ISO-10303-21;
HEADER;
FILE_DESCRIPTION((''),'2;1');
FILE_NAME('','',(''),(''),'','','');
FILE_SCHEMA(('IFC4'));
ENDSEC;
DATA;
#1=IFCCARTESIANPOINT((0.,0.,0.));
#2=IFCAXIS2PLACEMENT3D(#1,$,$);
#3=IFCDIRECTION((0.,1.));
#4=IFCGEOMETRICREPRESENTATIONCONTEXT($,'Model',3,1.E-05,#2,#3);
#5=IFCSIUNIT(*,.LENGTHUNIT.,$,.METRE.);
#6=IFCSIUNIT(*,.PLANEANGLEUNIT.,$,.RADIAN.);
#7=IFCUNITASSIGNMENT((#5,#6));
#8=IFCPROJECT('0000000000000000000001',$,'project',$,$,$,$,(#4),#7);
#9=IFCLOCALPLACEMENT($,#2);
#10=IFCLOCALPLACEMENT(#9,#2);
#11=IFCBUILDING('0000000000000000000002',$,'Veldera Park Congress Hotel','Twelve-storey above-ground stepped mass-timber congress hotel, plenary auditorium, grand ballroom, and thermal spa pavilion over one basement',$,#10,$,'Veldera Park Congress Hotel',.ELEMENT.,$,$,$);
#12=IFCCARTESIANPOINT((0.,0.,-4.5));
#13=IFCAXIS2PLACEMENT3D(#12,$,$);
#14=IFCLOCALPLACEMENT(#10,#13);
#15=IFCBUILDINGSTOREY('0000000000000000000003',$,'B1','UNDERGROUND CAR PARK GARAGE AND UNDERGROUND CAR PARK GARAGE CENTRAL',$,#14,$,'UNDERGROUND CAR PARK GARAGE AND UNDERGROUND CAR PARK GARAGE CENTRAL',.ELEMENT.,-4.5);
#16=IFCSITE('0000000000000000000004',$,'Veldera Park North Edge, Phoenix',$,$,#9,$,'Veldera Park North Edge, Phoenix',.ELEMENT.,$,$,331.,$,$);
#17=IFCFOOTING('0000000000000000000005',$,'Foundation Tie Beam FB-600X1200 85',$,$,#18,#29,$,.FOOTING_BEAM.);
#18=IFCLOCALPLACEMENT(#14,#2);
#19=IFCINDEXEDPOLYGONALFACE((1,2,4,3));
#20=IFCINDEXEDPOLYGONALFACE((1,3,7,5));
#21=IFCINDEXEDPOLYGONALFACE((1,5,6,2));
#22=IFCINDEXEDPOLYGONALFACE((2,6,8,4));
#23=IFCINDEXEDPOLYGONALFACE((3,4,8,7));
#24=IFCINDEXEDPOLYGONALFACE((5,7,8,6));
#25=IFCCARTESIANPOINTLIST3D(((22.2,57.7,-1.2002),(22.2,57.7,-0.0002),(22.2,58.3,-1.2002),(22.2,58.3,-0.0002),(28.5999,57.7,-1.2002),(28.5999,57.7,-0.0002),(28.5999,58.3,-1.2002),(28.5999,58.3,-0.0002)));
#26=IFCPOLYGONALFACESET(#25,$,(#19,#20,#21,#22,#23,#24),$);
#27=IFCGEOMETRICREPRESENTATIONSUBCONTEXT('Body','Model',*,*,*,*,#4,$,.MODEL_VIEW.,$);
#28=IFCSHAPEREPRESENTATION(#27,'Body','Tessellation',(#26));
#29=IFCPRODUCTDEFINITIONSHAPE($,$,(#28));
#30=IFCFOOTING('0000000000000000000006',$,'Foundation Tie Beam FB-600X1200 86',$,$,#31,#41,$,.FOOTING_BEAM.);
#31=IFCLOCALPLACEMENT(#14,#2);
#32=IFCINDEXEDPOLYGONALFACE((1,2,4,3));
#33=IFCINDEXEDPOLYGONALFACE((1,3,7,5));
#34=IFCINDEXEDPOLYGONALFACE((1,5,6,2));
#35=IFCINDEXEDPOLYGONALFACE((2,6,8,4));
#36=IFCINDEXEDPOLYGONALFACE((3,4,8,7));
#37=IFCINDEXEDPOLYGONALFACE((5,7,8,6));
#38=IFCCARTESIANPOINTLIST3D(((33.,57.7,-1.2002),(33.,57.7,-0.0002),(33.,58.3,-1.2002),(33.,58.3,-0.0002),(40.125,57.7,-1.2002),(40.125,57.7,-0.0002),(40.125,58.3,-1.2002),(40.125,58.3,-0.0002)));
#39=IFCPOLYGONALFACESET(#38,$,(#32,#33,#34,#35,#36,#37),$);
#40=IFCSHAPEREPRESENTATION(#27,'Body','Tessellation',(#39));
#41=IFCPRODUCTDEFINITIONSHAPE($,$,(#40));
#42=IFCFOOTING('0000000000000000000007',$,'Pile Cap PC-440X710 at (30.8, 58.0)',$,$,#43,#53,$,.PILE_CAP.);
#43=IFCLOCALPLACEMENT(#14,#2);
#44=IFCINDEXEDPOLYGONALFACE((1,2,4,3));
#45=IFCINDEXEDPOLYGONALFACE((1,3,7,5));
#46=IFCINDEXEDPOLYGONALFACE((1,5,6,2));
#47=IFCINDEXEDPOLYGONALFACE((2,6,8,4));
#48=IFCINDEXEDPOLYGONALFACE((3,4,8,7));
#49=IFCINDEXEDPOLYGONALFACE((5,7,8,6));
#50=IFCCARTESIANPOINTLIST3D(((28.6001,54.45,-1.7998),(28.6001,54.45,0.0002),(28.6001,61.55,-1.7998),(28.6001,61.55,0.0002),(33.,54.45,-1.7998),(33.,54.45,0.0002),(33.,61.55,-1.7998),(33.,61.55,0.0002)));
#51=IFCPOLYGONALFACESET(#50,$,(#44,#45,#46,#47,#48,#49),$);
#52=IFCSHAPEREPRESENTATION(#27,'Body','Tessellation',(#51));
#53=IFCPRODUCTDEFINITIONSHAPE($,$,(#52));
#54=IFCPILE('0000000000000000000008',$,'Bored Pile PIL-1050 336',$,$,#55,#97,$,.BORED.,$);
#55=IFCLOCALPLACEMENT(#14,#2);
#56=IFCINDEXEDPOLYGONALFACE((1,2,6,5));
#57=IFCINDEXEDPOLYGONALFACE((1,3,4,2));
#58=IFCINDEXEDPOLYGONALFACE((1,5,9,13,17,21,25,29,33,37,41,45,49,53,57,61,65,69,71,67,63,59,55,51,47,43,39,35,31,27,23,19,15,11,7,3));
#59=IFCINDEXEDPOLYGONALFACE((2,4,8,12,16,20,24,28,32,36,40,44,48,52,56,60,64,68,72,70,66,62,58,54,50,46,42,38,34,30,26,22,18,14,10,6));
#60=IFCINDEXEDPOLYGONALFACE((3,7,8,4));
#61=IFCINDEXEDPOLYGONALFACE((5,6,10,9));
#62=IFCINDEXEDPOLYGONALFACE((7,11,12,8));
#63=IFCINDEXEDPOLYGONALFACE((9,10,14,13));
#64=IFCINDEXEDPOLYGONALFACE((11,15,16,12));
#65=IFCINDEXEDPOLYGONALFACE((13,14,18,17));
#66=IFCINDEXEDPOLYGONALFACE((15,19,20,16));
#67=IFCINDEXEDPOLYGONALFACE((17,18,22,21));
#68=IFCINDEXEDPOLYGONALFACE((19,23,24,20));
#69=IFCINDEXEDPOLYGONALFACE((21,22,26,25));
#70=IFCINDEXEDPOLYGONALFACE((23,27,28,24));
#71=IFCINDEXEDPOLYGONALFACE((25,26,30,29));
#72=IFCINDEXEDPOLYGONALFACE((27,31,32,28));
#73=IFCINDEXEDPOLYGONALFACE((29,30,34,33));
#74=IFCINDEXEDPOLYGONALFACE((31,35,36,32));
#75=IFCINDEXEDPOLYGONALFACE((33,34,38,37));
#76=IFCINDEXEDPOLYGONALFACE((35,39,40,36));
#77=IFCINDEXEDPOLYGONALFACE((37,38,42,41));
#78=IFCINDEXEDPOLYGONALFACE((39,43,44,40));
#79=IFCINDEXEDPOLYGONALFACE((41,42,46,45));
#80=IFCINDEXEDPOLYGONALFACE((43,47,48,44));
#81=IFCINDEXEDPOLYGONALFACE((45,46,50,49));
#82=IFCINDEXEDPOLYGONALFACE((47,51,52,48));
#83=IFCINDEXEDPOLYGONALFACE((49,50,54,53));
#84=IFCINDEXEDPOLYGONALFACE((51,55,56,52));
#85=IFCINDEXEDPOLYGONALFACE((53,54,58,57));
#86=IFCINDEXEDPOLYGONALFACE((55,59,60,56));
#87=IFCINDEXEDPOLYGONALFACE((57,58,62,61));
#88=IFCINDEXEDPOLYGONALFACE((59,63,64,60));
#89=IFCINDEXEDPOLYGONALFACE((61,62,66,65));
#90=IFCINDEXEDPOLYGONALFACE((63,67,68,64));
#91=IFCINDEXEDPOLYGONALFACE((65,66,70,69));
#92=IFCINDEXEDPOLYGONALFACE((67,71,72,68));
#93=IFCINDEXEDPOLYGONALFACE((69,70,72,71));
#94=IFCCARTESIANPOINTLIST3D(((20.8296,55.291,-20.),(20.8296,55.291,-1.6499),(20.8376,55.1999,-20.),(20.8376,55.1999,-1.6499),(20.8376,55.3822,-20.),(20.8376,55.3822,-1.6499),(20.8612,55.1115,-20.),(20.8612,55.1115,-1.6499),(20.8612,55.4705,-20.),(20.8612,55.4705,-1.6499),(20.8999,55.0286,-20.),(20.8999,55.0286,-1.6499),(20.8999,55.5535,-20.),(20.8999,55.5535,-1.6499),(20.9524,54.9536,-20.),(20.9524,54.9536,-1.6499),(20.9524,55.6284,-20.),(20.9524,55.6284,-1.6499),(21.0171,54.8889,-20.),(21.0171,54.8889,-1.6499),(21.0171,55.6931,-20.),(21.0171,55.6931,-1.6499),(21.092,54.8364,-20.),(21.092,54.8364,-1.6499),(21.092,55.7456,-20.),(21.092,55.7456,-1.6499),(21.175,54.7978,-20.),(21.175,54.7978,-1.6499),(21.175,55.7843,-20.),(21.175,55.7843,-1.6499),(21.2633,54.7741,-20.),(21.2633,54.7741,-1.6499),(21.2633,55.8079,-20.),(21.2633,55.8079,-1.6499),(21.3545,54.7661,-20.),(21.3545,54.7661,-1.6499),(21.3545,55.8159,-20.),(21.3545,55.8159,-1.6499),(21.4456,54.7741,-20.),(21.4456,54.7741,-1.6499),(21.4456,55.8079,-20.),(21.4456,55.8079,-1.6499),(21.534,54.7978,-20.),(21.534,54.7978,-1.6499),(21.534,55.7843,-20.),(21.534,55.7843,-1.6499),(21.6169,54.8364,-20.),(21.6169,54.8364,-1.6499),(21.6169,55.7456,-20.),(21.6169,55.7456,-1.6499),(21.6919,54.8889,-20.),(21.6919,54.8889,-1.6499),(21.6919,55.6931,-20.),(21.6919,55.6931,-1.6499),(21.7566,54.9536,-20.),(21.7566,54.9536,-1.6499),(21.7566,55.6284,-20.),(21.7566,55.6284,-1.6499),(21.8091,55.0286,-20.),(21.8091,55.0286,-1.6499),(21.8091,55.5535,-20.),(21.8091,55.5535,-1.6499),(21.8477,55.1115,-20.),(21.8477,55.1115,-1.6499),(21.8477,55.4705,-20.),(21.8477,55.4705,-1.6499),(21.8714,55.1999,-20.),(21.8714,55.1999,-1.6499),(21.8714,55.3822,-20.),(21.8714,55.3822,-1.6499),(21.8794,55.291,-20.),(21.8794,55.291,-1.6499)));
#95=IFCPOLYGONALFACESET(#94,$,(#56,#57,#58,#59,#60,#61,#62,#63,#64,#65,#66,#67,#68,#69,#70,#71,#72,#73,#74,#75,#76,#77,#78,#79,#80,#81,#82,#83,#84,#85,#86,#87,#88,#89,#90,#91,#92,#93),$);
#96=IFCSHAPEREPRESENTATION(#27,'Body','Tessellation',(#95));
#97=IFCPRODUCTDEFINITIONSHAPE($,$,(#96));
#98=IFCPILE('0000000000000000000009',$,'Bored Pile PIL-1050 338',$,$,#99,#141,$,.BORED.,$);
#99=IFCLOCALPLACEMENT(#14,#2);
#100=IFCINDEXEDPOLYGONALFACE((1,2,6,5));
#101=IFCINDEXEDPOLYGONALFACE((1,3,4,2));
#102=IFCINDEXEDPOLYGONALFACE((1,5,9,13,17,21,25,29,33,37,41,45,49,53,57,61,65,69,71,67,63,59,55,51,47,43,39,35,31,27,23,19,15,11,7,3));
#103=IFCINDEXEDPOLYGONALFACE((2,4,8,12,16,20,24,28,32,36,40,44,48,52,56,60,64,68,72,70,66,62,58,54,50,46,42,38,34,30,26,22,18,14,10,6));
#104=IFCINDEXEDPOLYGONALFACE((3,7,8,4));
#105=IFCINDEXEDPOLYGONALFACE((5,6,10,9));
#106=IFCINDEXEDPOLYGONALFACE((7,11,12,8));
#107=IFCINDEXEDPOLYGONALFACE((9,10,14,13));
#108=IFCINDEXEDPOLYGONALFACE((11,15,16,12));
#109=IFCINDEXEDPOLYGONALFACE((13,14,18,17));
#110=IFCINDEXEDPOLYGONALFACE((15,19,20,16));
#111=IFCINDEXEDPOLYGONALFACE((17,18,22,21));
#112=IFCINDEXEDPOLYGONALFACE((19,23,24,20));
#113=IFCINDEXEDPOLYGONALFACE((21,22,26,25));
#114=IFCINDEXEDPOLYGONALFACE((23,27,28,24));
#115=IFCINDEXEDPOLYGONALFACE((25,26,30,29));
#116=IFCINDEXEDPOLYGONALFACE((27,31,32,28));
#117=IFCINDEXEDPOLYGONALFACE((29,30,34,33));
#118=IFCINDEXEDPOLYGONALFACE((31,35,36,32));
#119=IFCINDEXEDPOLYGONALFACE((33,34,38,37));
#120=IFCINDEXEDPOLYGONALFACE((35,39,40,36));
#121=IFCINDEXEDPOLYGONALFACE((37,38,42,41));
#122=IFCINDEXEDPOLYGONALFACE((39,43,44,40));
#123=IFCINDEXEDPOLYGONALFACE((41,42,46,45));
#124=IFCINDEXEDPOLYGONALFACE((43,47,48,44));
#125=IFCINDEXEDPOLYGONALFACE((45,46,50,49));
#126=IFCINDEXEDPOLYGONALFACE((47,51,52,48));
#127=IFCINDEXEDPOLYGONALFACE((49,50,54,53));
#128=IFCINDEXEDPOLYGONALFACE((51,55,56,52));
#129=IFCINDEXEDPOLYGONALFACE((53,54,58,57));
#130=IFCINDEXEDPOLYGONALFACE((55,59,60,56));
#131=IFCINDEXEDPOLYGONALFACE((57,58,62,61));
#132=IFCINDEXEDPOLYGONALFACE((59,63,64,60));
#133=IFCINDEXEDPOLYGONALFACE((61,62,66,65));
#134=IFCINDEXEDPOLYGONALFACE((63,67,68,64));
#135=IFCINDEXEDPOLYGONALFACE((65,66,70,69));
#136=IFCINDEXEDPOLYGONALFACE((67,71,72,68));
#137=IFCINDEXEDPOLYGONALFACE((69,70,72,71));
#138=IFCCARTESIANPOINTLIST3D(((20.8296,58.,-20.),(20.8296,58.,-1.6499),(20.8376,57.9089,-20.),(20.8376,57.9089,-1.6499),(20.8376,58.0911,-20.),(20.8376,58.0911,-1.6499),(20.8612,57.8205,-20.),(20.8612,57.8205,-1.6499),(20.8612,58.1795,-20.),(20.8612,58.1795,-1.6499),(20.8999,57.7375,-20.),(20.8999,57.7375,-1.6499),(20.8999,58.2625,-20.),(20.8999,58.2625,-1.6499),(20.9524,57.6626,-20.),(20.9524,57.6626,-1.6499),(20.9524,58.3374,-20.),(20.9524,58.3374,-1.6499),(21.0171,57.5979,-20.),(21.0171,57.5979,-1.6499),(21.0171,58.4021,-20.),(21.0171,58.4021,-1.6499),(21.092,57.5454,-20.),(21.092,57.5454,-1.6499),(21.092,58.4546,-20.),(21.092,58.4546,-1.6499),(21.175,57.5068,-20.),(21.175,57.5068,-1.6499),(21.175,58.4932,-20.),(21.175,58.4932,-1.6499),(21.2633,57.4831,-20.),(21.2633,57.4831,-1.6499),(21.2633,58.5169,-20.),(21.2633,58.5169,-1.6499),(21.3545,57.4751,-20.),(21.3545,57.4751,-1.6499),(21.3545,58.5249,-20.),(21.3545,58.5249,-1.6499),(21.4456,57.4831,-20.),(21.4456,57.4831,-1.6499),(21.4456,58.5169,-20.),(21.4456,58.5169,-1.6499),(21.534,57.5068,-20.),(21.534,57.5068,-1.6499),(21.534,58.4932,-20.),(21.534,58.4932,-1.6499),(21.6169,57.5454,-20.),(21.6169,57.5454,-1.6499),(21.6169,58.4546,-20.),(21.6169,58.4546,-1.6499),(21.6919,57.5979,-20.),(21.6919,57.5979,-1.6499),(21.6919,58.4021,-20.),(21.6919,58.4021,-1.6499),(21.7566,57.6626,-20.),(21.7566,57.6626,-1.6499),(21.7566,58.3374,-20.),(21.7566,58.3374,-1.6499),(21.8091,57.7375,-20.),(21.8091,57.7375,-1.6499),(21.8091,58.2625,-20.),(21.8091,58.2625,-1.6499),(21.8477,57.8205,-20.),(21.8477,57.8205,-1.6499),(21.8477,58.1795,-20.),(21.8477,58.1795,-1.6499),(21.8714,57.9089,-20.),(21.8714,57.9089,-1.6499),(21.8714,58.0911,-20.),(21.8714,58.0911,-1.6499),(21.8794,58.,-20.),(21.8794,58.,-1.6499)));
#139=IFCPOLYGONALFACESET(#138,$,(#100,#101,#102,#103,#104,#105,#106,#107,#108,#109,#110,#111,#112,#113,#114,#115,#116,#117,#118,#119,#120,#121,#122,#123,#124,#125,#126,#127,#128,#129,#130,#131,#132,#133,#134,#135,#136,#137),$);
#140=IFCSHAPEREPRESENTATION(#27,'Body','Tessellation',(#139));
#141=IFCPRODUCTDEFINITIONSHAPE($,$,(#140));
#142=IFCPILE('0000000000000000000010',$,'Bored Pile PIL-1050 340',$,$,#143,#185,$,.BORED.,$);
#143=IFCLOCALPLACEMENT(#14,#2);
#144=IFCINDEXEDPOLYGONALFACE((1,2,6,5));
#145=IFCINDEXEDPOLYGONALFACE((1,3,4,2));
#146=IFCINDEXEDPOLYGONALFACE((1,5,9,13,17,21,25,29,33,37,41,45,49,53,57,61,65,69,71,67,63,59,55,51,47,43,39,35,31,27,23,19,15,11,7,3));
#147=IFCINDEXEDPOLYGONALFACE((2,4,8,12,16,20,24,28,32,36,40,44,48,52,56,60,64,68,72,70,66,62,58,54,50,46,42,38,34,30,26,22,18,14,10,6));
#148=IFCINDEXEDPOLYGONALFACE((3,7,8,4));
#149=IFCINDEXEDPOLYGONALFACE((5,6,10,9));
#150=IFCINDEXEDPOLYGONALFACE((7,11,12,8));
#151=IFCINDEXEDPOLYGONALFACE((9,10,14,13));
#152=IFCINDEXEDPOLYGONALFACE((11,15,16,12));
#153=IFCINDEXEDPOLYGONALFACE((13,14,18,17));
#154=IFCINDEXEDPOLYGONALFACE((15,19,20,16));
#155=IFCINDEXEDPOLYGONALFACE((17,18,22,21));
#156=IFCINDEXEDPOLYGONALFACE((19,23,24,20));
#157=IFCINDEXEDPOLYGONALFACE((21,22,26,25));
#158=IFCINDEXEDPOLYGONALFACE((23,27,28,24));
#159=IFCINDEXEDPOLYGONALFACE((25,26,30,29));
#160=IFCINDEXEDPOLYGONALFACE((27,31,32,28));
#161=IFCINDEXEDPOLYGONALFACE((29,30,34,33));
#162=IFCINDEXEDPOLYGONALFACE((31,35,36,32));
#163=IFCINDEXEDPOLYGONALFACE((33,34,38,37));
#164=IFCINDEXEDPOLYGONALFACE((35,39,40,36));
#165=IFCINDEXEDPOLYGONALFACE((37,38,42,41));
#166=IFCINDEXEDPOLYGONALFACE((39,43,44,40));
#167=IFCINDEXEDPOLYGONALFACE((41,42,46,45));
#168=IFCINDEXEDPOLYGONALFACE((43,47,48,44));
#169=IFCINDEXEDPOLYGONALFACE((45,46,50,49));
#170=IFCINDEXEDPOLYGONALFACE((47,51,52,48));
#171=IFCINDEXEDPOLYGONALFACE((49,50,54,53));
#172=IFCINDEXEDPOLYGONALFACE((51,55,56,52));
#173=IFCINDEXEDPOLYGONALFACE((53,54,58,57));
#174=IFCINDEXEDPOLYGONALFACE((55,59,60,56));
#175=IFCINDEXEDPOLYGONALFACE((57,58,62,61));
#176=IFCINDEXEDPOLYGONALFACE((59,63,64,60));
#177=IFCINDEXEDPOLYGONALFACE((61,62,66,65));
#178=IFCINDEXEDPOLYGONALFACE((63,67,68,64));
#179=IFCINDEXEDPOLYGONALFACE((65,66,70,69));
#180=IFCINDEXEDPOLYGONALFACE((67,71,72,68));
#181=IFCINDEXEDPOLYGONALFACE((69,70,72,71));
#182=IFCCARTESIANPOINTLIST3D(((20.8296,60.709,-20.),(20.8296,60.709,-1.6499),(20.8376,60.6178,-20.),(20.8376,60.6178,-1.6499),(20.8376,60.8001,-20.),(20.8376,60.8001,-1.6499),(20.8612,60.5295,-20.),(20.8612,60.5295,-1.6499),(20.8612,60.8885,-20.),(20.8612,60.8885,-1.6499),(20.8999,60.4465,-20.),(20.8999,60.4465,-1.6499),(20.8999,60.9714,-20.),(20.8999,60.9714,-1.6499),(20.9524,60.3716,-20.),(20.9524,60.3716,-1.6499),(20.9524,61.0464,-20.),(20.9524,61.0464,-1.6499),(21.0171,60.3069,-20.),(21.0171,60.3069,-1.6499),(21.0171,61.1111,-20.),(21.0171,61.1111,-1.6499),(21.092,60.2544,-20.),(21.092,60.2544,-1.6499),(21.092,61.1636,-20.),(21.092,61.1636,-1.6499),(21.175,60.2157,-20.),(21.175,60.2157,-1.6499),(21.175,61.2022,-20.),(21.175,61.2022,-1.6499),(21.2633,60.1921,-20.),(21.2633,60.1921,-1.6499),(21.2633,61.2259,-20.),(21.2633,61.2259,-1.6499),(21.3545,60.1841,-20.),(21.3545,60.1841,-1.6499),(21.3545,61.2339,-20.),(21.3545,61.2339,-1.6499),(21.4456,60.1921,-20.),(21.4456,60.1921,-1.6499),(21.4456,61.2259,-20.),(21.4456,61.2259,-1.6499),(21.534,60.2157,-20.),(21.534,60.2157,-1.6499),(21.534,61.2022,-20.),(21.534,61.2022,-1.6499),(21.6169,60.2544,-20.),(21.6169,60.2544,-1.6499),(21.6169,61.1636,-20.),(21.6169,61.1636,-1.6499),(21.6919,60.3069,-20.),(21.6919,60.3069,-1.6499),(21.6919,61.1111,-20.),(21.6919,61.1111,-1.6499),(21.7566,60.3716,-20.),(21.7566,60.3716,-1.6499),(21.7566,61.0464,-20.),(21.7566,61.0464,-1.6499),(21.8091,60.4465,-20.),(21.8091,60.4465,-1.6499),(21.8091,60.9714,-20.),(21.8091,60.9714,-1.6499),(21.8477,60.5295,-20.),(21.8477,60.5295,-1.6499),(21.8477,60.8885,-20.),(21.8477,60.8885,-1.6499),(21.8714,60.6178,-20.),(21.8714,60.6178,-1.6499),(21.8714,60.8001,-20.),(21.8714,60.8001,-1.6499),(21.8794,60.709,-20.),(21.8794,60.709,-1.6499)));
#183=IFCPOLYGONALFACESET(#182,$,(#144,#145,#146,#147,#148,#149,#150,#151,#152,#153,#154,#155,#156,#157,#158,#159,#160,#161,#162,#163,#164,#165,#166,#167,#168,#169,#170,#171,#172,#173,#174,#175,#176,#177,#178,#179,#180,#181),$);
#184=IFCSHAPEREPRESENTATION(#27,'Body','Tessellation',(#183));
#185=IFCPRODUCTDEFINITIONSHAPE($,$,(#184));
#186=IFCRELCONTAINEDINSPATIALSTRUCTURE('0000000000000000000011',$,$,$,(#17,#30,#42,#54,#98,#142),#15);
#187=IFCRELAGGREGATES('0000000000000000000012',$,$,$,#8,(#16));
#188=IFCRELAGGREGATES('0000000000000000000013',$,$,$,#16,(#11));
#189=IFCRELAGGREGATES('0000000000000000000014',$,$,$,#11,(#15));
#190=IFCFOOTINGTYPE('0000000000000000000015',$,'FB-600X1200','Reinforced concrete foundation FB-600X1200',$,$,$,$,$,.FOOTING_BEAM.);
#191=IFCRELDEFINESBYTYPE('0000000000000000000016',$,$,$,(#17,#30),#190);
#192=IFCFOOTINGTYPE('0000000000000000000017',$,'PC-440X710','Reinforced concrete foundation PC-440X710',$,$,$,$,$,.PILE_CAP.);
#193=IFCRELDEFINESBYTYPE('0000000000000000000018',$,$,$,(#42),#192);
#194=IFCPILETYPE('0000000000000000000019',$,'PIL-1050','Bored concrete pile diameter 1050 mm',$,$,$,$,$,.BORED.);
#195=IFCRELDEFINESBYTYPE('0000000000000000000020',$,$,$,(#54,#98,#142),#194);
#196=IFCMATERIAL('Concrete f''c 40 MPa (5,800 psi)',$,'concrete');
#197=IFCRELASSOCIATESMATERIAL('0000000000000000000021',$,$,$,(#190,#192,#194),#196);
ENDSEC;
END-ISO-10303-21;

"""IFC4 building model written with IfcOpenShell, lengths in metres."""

from ifc_helpers import new_model, si_unit, direction, frame, origin, origin_2d, place, context, subcontext, project, spatial, rectangle, circle, extrude, material, material_profile, profile_set, type_object, element, save


model = new_model("IFC4")

# Units and contexts
model_context = context("Model", 3, precision=1e-05, world=origin(), true_north=direction((0.0, 1.0)))
body_context = subcontext(model_context, "Body", "Model", "MODEL_VIEW")
ifc_project = project(units=[si_unit("LENGTHUNIT", "METRE"), si_unit("PLANEANGLEUNIT", "RADIAN")], contexts=[model_context])

# Site, building, storey
site_placement = place(None, origin())
site = spatial("IfcSite", under=ifc_project, at=site_placement, Name="Veldera Park North Edge, Phoenix", LongName="Veldera Park North Edge, Phoenix", CompositionType="ELEMENT", RefElevation=331.0)
building_placement = place(site_placement, origin())
building = spatial("IfcBuilding", under=site, at=building_placement, Name="Veldera Park Congress Hotel", Description="Twelve-storey above-ground stepped mass-timber congress hotel, plenary auditorium, grand ballroom, and thermal spa pavilion over one basement", LongName="Veldera Park Congress Hotel", CompositionType="ELEMENT")
storey_placement = place(building_placement, frame((0.0, 0.0, -4.5)))
storey = spatial("IfcBuildingStorey", under=building, at=storey_placement, Name="B1", Description="UNDERGROUND CAR PARK GARAGE AND UNDERGROUND CAR PARK GARAGE CENTRAL", LongName="UNDERGROUND CAR PARK GARAGE AND UNDERGROUND CAR PARK GARAGE CENTRAL", CompositionType="ELEMENT", Elevation=-4.5)

# Footings
ifc_material_1 = material(Name="Concrete f'c 40 MPa (5,800 psi)", Category="concrete")
footing_type_1 = type_object("IfcFootingType", Name="FB-600X1200", Description="Reinforced concrete foundation FB-600X1200", PredefinedType="FOOTING_BEAM", material=ifc_material_1)
footing_1_placement = place(storey_placement, frame((25.3999, 58.0, -1.2002), z_axis=(0.0, 0.0, 1.0), x_axis=(1.0, 0.0, 0.0)))
element("IfcFooting", 1, at=footing_1_placement, inside=storey, type_object=footing_type_1, Name="Foundation Tie Beam FB-600X1200 85", PredefinedType="FOOTING_BEAM", context=body_context, shape_type="SweptSolid", body=[
    extrude(rectangle(XDim=6.3999, YDim=0.6001, at=origin_2d()), origin(), (0.0, 0.0, 1.0), 1.2),
])
footing_2_placement = place(storey_placement, frame((36.5625, 58.0, -1.2002), z_axis=(0.0, 0.0, 1.0), x_axis=(1.0, 0.0, 0.0)))
element("IfcFooting", 2, at=footing_2_placement, inside=storey, type_object=footing_type_1, Name="Foundation Tie Beam FB-600X1200 86", PredefinedType="FOOTING_BEAM", context=body_context, shape_type="SweptSolid", body=[
    extrude(rectangle(XDim=7.125, YDim=0.6001, at=origin_2d()), origin(), (0.0, 0.0, 1.0), 1.2),
])
footing_type_2 = type_object("IfcFootingType", Name="PC-440X710", Description="Reinforced concrete foundation PC-440X710", PredefinedType="PILE_CAP", material=ifc_material_1)
footing_3_placement = place(storey_placement, frame((30.8, 58.0, -1.7998), z_axis=(0.0, 0.0, 1.0), x_axis=(1.0, 0.0, 0.0)))
element("IfcFooting", 3, at=footing_3_placement, inside=storey, type_object=footing_type_2, Name="Pile Cap PC-440X710 at (30.8, 58.0)", PredefinedType="PILE_CAP", context=body_context, shape_type="SweptSolid", body=[
    extrude(rectangle(XDim=4.3999, YDim=7.1001, at=origin_2d()), origin(), (0.0, 0.0, 1.0), 1.8),
])

# Piles
ifc_material_profile_1 = material_profile(ifc_material_1, circle(Radius=0.5249, at=origin_2d()), Name="PILE D1050")
ifc_profile_set_1 = profile_set([ifc_material_profile_1], Name="Concrete f'c 40 MPa (5,800 psi)")
pile_type = type_object("IfcPileType", Name="PIL-1050", Description="Bored concrete pile diameter 1050 mm", PredefinedType="BORED", material=ifc_profile_set_1)
for number, where, z_axis, x_axis, name in (
    (4, (21.3545, 55.291, -1.6499), (0.0, 0.0, -1.0), (1.0, 0.0, 0.0), "Bored Pile PIL-1050 336"),
    (5, (21.3545, 58.0, -1.6499), (0.0, 0.0, -1.0), (1.0, 0.0, 0.0), "Bored Pile PIL-1050 338"),
    (6, (21.3545, 60.709, -1.6499), (0.0, 0.0, -1.0), (1.0, 0.0, 0.0), "Bored Pile PIL-1050 340"),
):
    element("IfcPile", number, at=place(storey_placement, frame(where, z_axis=z_axis, x_axis=x_axis)), inside=storey, type_object=pile_type, Name=name, PredefinedType="BORED", context=body_context, shape_type="SweptSolid", body=[
        extrude(circle(Radius=0.5249, at=origin_2d()), origin(), (0.0, 0.0, 1.0), 18.3501),
    ])

save(model, "model.ifc")
